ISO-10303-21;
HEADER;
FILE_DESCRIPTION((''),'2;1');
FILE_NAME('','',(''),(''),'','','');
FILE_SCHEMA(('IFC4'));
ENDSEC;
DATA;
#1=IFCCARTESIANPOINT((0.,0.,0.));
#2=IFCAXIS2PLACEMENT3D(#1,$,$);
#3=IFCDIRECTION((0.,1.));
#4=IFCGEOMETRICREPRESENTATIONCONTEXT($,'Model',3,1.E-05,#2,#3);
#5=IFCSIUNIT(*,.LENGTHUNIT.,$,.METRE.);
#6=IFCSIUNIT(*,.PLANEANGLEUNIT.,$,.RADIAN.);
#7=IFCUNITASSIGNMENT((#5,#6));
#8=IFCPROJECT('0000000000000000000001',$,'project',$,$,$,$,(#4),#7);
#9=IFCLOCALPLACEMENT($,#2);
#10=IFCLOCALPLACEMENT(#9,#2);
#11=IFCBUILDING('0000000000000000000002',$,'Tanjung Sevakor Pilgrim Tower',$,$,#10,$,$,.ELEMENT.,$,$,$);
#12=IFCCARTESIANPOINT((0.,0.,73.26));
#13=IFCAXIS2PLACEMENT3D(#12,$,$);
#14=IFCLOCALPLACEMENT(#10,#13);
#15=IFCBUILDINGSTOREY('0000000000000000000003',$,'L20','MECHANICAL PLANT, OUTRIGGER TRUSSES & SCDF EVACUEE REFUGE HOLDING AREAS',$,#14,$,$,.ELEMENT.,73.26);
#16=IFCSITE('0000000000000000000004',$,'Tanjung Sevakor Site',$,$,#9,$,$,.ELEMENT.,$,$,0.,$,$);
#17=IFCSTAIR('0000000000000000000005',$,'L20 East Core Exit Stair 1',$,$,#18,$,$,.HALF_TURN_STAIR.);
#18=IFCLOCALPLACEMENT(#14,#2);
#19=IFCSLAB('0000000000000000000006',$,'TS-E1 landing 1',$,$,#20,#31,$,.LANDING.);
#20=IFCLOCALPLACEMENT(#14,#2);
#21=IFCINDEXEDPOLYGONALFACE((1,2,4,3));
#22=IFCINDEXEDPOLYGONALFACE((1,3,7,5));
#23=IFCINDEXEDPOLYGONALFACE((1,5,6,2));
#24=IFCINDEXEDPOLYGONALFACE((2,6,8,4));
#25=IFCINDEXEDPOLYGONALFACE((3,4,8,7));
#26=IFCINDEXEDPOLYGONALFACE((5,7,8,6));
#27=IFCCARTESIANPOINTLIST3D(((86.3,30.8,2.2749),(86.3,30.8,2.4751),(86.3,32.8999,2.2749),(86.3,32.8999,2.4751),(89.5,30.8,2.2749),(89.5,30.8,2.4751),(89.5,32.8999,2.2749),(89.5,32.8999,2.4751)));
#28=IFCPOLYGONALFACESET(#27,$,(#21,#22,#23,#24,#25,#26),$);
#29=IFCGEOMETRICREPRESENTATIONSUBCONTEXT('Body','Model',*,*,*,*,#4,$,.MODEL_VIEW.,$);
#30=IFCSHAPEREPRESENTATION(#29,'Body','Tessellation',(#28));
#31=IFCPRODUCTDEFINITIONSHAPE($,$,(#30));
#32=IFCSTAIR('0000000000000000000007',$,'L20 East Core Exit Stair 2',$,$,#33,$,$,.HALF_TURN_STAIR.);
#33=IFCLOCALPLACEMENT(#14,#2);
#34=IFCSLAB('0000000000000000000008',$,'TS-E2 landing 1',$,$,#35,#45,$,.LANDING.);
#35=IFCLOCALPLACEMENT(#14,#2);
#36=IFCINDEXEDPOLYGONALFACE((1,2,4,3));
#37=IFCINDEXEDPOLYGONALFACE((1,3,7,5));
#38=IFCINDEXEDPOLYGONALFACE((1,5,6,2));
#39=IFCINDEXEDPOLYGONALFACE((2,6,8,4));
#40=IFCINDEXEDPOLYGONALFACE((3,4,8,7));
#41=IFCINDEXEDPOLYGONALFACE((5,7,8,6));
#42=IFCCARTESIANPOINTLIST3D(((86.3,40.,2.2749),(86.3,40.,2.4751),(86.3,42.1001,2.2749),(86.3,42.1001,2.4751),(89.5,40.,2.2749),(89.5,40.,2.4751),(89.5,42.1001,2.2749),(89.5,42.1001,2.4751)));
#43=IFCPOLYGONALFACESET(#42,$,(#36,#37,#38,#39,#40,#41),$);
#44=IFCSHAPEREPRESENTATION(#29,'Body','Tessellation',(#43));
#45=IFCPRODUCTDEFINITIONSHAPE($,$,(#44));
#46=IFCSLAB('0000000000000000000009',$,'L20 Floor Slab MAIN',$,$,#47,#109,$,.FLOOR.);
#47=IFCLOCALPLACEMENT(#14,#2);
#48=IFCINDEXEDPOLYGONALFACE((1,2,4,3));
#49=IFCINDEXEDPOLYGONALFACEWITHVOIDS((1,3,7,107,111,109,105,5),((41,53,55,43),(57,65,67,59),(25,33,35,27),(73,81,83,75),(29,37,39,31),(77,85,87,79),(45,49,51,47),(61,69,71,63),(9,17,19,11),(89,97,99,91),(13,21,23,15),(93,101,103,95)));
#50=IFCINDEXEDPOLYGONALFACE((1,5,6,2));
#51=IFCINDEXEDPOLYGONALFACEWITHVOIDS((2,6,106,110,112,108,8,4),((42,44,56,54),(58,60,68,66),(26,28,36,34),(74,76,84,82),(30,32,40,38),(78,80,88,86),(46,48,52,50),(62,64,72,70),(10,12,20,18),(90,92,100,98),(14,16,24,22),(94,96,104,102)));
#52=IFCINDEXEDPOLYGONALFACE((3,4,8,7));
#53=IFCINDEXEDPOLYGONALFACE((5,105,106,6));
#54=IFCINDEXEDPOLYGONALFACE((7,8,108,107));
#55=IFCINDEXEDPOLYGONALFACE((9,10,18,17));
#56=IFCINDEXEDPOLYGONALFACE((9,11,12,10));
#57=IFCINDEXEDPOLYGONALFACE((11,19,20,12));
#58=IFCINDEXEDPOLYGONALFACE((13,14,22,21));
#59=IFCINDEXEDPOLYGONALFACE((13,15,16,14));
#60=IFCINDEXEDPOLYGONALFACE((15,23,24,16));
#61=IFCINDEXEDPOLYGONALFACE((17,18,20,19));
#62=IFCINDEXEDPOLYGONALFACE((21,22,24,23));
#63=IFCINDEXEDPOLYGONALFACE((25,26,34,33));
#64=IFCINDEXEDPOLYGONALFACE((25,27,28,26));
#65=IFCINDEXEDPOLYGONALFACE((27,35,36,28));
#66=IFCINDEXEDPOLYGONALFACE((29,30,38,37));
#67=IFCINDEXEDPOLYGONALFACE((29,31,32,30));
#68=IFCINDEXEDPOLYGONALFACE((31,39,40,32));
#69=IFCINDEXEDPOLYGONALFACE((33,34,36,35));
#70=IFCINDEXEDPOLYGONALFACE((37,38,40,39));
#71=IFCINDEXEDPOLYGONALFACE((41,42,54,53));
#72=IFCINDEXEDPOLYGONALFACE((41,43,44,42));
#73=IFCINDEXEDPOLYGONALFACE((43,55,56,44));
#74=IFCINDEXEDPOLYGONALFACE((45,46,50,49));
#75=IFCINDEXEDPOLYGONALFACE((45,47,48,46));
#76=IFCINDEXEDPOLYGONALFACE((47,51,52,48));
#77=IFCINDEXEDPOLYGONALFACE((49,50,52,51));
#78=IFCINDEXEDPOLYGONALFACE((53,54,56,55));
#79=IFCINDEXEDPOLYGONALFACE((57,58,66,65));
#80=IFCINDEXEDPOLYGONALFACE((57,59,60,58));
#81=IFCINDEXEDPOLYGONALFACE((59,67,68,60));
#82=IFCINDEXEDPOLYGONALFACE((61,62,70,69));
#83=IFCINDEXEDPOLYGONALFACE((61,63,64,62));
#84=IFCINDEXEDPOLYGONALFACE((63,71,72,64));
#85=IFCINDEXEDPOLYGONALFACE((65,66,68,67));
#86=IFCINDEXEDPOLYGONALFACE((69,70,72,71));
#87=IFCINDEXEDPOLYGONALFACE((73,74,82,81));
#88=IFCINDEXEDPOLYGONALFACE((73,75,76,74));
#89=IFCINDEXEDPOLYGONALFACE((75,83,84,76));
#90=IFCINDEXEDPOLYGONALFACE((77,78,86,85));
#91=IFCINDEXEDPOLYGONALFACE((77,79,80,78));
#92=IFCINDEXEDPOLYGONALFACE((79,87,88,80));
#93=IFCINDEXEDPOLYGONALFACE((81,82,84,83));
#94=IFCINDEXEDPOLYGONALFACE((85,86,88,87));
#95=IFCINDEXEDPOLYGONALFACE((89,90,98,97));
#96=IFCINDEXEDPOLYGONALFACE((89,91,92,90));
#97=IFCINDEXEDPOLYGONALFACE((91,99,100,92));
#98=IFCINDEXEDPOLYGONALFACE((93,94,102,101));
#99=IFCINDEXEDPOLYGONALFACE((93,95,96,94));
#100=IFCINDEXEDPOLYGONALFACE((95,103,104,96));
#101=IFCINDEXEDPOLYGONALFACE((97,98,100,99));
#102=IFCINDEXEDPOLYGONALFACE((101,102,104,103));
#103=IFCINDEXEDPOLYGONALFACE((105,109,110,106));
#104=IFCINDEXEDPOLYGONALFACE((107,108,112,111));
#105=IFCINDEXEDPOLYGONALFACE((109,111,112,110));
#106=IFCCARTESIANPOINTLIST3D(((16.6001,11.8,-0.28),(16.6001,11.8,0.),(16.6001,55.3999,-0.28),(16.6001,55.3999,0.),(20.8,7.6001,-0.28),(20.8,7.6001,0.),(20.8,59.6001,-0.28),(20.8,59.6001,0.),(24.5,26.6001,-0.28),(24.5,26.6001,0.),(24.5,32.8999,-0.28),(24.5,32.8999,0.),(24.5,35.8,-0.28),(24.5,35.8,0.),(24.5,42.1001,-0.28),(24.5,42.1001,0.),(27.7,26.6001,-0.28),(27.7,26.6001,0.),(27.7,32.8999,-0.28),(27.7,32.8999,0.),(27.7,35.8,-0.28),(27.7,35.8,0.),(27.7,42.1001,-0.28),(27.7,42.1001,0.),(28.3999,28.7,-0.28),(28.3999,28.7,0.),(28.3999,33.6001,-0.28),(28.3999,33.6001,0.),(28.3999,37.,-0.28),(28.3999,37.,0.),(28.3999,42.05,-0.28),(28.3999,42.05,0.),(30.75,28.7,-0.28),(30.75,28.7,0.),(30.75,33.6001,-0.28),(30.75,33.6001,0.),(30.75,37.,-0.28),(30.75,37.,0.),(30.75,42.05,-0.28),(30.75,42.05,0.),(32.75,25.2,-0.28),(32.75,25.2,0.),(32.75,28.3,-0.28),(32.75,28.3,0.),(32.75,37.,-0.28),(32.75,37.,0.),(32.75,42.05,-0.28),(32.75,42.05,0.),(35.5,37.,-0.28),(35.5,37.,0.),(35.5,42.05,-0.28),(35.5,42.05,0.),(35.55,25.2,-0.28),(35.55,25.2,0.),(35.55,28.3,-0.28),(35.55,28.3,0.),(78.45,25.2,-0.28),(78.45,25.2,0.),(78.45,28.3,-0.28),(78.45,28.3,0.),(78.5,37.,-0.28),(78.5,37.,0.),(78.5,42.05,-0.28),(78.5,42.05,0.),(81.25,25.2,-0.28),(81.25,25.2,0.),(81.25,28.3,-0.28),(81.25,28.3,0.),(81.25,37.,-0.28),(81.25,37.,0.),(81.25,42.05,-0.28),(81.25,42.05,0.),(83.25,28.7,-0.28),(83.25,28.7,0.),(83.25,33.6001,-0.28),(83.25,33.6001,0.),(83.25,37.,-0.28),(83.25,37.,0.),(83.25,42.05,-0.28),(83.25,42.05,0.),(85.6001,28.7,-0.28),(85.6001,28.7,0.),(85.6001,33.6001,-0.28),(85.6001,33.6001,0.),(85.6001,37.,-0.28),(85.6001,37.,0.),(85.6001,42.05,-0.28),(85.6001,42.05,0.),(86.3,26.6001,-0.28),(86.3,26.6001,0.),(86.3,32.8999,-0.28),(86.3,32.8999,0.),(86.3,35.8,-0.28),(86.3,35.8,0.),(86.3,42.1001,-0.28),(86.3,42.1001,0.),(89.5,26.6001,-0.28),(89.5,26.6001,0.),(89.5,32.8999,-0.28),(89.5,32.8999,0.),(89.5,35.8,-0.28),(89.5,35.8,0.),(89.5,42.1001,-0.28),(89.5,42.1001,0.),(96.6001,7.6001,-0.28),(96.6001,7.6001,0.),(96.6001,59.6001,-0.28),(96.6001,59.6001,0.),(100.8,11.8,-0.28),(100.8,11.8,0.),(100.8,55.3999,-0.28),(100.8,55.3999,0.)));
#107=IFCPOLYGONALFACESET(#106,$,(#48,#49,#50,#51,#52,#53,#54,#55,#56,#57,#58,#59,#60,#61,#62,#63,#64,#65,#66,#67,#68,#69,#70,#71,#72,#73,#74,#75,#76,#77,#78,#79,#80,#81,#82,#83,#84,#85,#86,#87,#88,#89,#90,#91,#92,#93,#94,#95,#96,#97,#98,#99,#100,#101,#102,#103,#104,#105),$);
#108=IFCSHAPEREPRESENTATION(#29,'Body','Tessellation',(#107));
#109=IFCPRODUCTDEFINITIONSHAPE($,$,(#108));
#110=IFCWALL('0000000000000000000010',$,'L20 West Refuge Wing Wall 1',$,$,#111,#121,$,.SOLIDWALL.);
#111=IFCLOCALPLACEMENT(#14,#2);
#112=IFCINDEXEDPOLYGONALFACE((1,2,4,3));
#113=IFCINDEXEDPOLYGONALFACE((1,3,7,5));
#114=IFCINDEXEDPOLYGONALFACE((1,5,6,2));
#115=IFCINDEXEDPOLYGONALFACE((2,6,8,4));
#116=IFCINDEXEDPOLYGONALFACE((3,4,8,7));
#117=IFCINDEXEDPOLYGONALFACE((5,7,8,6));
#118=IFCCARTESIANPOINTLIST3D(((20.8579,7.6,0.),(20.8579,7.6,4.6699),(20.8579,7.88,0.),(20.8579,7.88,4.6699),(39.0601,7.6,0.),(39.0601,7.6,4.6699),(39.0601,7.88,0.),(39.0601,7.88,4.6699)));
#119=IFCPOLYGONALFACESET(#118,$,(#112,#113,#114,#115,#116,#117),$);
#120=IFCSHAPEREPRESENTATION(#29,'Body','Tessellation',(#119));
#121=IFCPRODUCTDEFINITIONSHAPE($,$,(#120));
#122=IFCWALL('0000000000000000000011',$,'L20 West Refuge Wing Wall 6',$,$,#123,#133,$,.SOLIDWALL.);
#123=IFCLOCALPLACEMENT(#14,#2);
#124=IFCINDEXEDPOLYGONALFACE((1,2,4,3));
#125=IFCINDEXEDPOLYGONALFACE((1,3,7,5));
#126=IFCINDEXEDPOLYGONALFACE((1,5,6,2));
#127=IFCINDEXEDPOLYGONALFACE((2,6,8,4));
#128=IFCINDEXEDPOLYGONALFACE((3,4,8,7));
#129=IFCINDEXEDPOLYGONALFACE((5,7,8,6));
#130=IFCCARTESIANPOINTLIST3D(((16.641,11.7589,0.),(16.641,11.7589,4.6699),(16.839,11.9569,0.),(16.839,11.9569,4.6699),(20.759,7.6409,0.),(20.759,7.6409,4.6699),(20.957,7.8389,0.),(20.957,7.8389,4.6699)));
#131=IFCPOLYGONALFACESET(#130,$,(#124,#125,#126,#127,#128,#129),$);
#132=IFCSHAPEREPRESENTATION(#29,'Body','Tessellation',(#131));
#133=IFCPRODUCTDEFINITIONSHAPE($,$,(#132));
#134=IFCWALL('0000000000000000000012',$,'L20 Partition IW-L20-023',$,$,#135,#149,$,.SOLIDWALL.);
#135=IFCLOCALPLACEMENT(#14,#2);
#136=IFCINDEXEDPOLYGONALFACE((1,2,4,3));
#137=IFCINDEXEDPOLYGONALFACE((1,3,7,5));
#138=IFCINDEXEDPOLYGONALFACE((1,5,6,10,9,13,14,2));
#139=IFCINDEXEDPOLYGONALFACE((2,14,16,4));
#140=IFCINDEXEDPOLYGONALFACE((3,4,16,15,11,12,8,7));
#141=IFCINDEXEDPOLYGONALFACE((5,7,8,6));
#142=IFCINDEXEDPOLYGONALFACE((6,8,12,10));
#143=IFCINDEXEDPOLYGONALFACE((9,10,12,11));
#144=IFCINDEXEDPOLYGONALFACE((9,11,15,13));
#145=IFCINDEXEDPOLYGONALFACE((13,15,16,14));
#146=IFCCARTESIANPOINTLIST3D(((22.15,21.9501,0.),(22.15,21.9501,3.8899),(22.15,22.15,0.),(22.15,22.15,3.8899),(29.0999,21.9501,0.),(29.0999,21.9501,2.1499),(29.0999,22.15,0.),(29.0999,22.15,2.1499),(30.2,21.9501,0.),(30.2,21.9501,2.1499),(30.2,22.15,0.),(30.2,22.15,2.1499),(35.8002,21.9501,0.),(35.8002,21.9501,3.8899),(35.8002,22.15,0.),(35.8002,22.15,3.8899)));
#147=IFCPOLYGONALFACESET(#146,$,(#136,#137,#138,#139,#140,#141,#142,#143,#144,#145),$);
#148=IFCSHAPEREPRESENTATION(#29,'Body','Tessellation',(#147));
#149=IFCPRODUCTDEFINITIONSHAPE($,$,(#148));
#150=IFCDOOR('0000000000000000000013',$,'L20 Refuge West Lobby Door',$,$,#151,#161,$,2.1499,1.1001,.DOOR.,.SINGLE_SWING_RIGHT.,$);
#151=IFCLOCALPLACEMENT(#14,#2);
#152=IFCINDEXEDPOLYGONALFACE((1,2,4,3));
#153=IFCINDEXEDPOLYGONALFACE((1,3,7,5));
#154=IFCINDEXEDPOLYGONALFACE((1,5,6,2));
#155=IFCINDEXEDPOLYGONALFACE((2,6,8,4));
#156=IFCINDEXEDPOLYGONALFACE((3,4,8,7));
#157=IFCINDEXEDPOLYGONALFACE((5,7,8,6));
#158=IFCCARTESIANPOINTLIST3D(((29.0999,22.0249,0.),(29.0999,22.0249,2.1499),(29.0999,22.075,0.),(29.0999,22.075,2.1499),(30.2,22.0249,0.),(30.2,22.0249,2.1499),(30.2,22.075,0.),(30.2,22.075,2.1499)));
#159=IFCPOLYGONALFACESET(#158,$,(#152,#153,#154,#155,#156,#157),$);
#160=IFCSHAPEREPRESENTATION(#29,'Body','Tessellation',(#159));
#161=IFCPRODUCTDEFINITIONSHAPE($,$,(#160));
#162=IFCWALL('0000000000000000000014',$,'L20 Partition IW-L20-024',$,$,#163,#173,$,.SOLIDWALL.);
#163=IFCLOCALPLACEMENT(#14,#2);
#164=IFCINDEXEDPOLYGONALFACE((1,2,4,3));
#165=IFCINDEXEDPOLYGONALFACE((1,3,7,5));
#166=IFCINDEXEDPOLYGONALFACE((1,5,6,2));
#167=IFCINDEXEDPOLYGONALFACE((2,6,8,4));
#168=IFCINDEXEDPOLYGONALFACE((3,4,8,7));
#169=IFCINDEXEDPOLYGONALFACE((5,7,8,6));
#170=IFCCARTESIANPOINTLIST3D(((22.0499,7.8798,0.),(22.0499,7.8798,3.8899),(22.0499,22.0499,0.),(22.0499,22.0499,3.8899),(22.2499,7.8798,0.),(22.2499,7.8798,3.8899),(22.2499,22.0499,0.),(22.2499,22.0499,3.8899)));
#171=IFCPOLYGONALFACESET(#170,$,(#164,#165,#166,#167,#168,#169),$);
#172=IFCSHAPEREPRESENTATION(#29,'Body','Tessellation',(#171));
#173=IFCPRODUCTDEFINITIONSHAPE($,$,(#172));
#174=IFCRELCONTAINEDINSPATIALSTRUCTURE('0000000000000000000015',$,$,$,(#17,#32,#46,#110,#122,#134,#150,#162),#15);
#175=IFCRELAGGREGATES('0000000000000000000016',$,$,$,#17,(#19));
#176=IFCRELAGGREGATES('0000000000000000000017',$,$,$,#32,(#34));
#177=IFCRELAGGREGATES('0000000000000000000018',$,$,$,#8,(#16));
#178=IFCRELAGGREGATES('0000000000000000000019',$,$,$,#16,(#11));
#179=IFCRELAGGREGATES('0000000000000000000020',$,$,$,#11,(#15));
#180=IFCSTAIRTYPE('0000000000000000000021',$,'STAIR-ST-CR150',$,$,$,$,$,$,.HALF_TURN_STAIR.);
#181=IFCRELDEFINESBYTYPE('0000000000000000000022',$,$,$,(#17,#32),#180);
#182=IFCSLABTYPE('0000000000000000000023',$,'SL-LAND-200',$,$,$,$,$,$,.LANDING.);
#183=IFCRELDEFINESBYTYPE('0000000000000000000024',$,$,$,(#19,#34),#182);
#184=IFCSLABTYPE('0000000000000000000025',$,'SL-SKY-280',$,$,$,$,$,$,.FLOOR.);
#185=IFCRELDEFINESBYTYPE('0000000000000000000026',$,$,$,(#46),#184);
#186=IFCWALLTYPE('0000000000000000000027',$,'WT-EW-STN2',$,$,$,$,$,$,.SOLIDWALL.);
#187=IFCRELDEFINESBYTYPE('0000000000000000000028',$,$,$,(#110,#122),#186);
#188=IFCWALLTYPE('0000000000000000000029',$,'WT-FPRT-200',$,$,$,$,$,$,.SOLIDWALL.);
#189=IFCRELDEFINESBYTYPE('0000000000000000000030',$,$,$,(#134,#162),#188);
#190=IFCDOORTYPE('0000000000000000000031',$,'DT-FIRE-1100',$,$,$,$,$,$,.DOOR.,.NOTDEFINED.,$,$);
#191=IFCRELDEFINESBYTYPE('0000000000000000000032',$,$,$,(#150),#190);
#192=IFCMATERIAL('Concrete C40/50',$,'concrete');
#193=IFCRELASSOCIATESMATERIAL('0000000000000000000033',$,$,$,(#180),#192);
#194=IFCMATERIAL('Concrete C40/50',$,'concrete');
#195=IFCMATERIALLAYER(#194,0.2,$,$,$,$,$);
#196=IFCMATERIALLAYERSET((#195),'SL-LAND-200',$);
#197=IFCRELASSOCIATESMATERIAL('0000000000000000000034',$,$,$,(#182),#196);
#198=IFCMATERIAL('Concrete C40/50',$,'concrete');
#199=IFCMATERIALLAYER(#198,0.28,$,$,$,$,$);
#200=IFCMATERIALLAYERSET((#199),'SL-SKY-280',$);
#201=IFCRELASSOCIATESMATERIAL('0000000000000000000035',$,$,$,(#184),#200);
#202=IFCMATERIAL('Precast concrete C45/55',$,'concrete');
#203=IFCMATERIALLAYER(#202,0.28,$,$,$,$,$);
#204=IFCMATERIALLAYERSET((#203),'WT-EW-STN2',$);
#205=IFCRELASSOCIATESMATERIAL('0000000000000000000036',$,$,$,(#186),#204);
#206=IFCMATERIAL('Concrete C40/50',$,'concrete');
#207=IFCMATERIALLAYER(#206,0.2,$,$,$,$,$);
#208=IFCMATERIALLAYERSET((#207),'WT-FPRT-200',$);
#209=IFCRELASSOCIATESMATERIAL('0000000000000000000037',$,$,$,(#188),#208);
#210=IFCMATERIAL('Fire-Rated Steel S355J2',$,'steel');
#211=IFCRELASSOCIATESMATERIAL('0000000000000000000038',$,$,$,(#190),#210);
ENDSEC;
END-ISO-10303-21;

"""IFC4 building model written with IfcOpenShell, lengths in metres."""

from ifc_helpers import new_model, si_unit, direction, frame, frame_2d, origin, place, context, subcontext, project, spatial, polyline, rectangle, outline, extrude, material, layer, layer_set, type_object, element, fill, aggregate, save


model = new_model("IFC4")

# Units and contexts
model_context = context("Model", 3, precision=1e-05, world=origin(), true_north=direction((0.0, 1.0)))
body_context = subcontext(model_context, "Body", "Model", "MODEL_VIEW")
ifc_project = project(units=[si_unit("LENGTHUNIT", "METRE"), si_unit("PLANEANGLEUNIT", "RADIAN")], contexts=[model_context])

# Site, building, storey
site_placement = place(None, origin())
site = spatial("IfcSite", under=ifc_project, at=site_placement, Name="Tanjung Sevakor Site", CompositionType="ELEMENT", RefElevation=0.0)
building_placement = place(site_placement, origin())
building = spatial("IfcBuilding", under=site, at=building_placement, Name="Tanjung Sevakor Pilgrim Tower", CompositionType="ELEMENT")
storey_placement = place(building_placement, frame((0.0, 0.0, 73.26)))
storey = spatial("IfcBuildingStorey", under=building, at=storey_placement, Name="L20", Description="MECHANICAL PLANT, OUTRIGGER TRUSSES & SCDF EVACUEE REFUGE HOLDING AREAS", CompositionType="ELEMENT", Elevation=73.26)

# Stairs, slabs
ifc_material_1 = material(Name="Concrete C40/50", Category="concrete")
stair_type = type_object("IfcStairType", Name="STAIR-ST-CR150", PredefinedType="HALF_TURN_STAIR", material=ifc_material_1)
ifc_material_2 = material(Name="Concrete C40/50", Category="concrete")
ifc_layer_1 = layer(ifc_material_2, 0.2)
ifc_layer_set_1 = layer_set([ifc_layer_1], Name="SL-LAND-200")
slab_type_1 = type_object("IfcSlabType", Name="SL-LAND-200", PredefinedType="LANDING", material=ifc_layer_set_1)
stair_1_placement = place(storey_placement, origin())
stair_1 = element("IfcStair", 1, at=stair_1_placement, inside=storey, type_object=stair_type, Name="L20 East Core Exit Stair 1", PredefinedType="HALF_TURN_STAIR")
slab_1_placement = place(storey_placement, frame((0.0, 0.0, 2.2749)))
slab_1 = element("IfcSlab", 2, at=slab_1_placement, type_object=slab_type_1, Name="TS-E1 landing 1", PredefinedType="LANDING", context=body_context, shape_type="SweptSolid", body=[
    extrude(outline(polyline([(89.5, 30.8), (89.5, 32.8999), (86.3, 32.8999), (86.3, 30.8), (89.5, 30.8)])), origin(), (0.0, 0.0, 1.0), 0.2002),
])
aggregate(stair_1, [slab_1])
stair_2_placement = place(storey_placement, origin())
stair_2 = element("IfcStair", 3, at=stair_2_placement, inside=storey, type_object=stair_type, Name="L20 East Core Exit Stair 2", PredefinedType="HALF_TURN_STAIR")
slab_2_placement = place(storey_placement, frame((0.0, 0.0, 2.2749)))
slab_2 = element("IfcSlab", 4, at=slab_2_placement, type_object=slab_type_1, Name="TS-E2 landing 1", PredefinedType="LANDING", context=body_context, shape_type="SweptSolid", body=[
    extrude(outline(polyline([(89.5, 40.0), (89.5, 42.1001), (86.3, 42.1001), (86.3, 40.0), (89.5, 40.0)])), origin(), (0.0, 0.0, 1.0), 0.2002),
])
aggregate(stair_2, [slab_2])

# Slab
ifc_material_3 = material(Name="Concrete C40/50", Category="concrete")
ifc_layer_2 = layer(ifc_material_3, 0.28)
ifc_layer_set_2 = layer_set([ifc_layer_2], Name="SL-SKY-280")
slab_type_2 = type_object("IfcSlabType", Name="SL-SKY-280", PredefinedType="FLOOR", material=ifc_layer_set_2)
slab_3_placement = place(storey_placement, frame((0.0, 0.0, -0.28)))
element("IfcSlab", 5, at=slab_3_placement, inside=storey, type_object=slab_type_2, Name="L20 Floor Slab MAIN", PredefinedType="FLOOR", context=body_context, shape_type="SweptSolid", body=[
    extrude(outline(polyline([(20.8, 7.6001), (96.6001, 7.6001), (100.8, 11.8), (100.8, 55.3999), (96.6001, 59.6001), (20.8, 59.6001), (16.6001, 55.3999), (16.6001, 11.8), (20.8, 7.6001)]), holes=[polyline([(27.7, 26.6001), (27.7, 32.8999), (24.5, 32.8999), (24.5, 26.6001), (27.7, 26.6001)]), polyline([(27.7, 35.8), (27.7, 42.1001), (24.5, 42.1001), (24.5, 35.8), (27.7, 35.8)]), polyline([(89.5, 26.6001), (89.5, 32.8999), (86.3, 32.8999), (86.3, 26.6001), (89.5, 26.6001)]), polyline([(89.5, 35.8), (89.5, 42.1001), (86.3, 42.1001), (86.3, 35.8), (89.5, 35.8)]), polyline([(32.75, 25.2), (35.55, 25.2), (35.55, 28.3), (32.75, 28.3), (32.75, 25.2)]), polyline([(28.3999, 28.7), (30.75, 28.7), (30.75, 33.6001), (28.3999, 33.6001), (28.3999, 28.7)]), polyline([(28.3999, 37.0), (30.75, 37.0), (30.75, 42.05), (28.3999, 42.05), (28.3999, 37.0)]), polyline([(32.75, 37.0), (35.5, 37.0), (35.5, 42.05), (32.75, 42.05), (32.75, 37.0)]), polyline([(78.45, 25.2), (81.25, 25.2), (81.25, 28.3), (78.45, 28.3), (78.45, 25.2)]), polyline([(83.25, 28.7), (85.6001, 28.7), (85.6001, 33.6001), (83.25, 33.6001), (83.25, 28.7)]), polyline([(83.25, 37.0), (85.6001, 37.0), (85.6001, 42.05), (83.25, 42.05), (83.25, 37.0)]), polyline([(78.5, 37.0), (81.25, 37.0), (81.25, 42.05), (78.5, 42.05), (78.5, 37.0)])]), origin(), (0.0, 0.0, 1.0), 0.28),
])

# Walls
ifc_material_4 = material(Name="Precast concrete C45/55", Category="concrete")
ifc_layer_3 = layer(ifc_material_4, 0.28)
ifc_layer_set_3 = layer_set([ifc_layer_3], Name="WT-EW-STN2")
wall_type_1 = type_object("IfcWallType", Name="WT-EW-STN2", PredefinedType="SOLIDWALL", material=ifc_layer_set_3)
wall_1_placement = place(storey_placement, frame((20.8579, 7.74, 0.0), z_axis=(0.0, 0.0, 1.0), x_axis=(1.0, 0.0, 0.0)))
element("IfcWall", 6, at=wall_1_placement, inside=storey, type_object=wall_type_1, Name="L20 West Refuge Wing Wall 1", PredefinedType="SOLIDWALL", context=body_context, shape_type="SweptSolid", body=[
    extrude(rectangle(XDim=18.2021, YDim=0.28, at=frame_2d((9.1011, 0.0))), origin(), (0.0, 0.0, 1.0), 4.6699),
])
wall_2_placement = place(storey_placement, frame((16.74, 11.8579, 0.0), z_axis=(0.0, 0.0, 1.0), x_axis=(0.707107, -0.707107, 0.0)))
element("IfcWall", 7, at=wall_2_placement, inside=storey, type_object=wall_type_1, Name="L20 West Refuge Wing Wall 6", PredefinedType="SOLIDWALL", context=body_context, shape_type="SweptSolid", body=[
    extrude(rectangle(XDim=5.8237, YDim=0.28, at=frame_2d((2.9119, 0.0))), origin(), (0.0, 0.0, 1.0), 4.6699),
])

# Wall, opening, door
ifc_material_5 = material(Name="Concrete C40/50", Category="concrete")
ifc_layer_4 = layer(ifc_material_5, 0.2)
ifc_layer_set_4 = layer_set([ifc_layer_4], Name="WT-FPRT-200")
wall_type_2 = type_object("IfcWallType", Name="WT-FPRT-200", PredefinedType="SOLIDWALL", material=ifc_layer_set_4)
wall_3_placement = place(storey_placement, frame((22.1499, 22.05, 0.0), z_axis=(0.0, 0.0, 1.0), x_axis=(1.0, 0.0, 0.0)))
wall_3 = element("IfcWall", 8, at=wall_3_placement, inside=storey, type_object=wall_type_2, Name="L20 Partition IW-L20-023", PredefinedType="SOLIDWALL", context=body_context, shape_type="SweptSolid", body=[
    extrude(rectangle(XDim=13.6501, YDim=0.2, at=frame_2d((6.8252, 0.0))), origin(), (0.0, 0.0, 1.0), 3.8899),
])
opening_placement = place(wall_3_placement, frame((6.95, 0.0, 0.0)))
opening = element("IfcOpeningElement", 9, at=opening_placement, cuts=wall_3, PredefinedType="OPENING", context=body_context, shape_type="SweptSolid", body=[
    extrude(rectangle(XDim=1.1001, YDim=2.1499, at=frame_2d((0.55, 1.075))), frame((0.0, 0.1099, 0.0), z_axis=(0.0, -1.0, 0.0), x_axis=(1.0, 0.0, 0.0)), (0.0, 0.0, 1.0), 0.22),
])
ifc_material_6 = material(Name="Fire-Rated Steel S355J2", Category="steel")
door_type = type_object("IfcDoorType", Name="DT-FIRE-1100", OperationType="NOTDEFINED", PredefinedType="DOOR", material=ifc_material_6)
door_placement = place(opening_placement, origin())
door = element("IfcDoor", 10, at=door_placement, inside=storey, type_object=door_type, Name="L20 Refuge West Lobby Door", OperationType="SINGLE_SWING_RIGHT", OverallHeight=2.1499, OverallWidth=1.1001, PredefinedType="DOOR", context=body_context, shape_type="SweptSolid", body=[
    extrude(rectangle(XDim=1.1001, YDim=2.1499, at=frame_2d((0.55, 1.075))), frame((0.0, 0.0249, 0.0), z_axis=(0.0, -1.0, 0.0), x_axis=(1.0, 0.0, 0.0)), (0.0, 0.0, 1.0), 0.05),
])
fill(opening, door)

# Wall
wall_4_placement = place(storey_placement, frame((22.1499, 7.8799, 0.0), z_axis=(0.0, 0.0, 1.0), x_axis=(0.0, 1.0, 0.0)))
element("IfcWall", 11, at=wall_4_placement, inside=storey, type_object=wall_type_2, Name="L20 Partition IW-L20-024", PredefinedType="SOLIDWALL", context=body_context, shape_type="SweptSolid", body=[
    extrude(rectangle(XDim=14.1702, YDim=0.2, at=frame_2d((7.085, 0.0))), origin(), (0.0, 0.0, 1.0), 3.8899),
])

save(model, "model.ifc")
